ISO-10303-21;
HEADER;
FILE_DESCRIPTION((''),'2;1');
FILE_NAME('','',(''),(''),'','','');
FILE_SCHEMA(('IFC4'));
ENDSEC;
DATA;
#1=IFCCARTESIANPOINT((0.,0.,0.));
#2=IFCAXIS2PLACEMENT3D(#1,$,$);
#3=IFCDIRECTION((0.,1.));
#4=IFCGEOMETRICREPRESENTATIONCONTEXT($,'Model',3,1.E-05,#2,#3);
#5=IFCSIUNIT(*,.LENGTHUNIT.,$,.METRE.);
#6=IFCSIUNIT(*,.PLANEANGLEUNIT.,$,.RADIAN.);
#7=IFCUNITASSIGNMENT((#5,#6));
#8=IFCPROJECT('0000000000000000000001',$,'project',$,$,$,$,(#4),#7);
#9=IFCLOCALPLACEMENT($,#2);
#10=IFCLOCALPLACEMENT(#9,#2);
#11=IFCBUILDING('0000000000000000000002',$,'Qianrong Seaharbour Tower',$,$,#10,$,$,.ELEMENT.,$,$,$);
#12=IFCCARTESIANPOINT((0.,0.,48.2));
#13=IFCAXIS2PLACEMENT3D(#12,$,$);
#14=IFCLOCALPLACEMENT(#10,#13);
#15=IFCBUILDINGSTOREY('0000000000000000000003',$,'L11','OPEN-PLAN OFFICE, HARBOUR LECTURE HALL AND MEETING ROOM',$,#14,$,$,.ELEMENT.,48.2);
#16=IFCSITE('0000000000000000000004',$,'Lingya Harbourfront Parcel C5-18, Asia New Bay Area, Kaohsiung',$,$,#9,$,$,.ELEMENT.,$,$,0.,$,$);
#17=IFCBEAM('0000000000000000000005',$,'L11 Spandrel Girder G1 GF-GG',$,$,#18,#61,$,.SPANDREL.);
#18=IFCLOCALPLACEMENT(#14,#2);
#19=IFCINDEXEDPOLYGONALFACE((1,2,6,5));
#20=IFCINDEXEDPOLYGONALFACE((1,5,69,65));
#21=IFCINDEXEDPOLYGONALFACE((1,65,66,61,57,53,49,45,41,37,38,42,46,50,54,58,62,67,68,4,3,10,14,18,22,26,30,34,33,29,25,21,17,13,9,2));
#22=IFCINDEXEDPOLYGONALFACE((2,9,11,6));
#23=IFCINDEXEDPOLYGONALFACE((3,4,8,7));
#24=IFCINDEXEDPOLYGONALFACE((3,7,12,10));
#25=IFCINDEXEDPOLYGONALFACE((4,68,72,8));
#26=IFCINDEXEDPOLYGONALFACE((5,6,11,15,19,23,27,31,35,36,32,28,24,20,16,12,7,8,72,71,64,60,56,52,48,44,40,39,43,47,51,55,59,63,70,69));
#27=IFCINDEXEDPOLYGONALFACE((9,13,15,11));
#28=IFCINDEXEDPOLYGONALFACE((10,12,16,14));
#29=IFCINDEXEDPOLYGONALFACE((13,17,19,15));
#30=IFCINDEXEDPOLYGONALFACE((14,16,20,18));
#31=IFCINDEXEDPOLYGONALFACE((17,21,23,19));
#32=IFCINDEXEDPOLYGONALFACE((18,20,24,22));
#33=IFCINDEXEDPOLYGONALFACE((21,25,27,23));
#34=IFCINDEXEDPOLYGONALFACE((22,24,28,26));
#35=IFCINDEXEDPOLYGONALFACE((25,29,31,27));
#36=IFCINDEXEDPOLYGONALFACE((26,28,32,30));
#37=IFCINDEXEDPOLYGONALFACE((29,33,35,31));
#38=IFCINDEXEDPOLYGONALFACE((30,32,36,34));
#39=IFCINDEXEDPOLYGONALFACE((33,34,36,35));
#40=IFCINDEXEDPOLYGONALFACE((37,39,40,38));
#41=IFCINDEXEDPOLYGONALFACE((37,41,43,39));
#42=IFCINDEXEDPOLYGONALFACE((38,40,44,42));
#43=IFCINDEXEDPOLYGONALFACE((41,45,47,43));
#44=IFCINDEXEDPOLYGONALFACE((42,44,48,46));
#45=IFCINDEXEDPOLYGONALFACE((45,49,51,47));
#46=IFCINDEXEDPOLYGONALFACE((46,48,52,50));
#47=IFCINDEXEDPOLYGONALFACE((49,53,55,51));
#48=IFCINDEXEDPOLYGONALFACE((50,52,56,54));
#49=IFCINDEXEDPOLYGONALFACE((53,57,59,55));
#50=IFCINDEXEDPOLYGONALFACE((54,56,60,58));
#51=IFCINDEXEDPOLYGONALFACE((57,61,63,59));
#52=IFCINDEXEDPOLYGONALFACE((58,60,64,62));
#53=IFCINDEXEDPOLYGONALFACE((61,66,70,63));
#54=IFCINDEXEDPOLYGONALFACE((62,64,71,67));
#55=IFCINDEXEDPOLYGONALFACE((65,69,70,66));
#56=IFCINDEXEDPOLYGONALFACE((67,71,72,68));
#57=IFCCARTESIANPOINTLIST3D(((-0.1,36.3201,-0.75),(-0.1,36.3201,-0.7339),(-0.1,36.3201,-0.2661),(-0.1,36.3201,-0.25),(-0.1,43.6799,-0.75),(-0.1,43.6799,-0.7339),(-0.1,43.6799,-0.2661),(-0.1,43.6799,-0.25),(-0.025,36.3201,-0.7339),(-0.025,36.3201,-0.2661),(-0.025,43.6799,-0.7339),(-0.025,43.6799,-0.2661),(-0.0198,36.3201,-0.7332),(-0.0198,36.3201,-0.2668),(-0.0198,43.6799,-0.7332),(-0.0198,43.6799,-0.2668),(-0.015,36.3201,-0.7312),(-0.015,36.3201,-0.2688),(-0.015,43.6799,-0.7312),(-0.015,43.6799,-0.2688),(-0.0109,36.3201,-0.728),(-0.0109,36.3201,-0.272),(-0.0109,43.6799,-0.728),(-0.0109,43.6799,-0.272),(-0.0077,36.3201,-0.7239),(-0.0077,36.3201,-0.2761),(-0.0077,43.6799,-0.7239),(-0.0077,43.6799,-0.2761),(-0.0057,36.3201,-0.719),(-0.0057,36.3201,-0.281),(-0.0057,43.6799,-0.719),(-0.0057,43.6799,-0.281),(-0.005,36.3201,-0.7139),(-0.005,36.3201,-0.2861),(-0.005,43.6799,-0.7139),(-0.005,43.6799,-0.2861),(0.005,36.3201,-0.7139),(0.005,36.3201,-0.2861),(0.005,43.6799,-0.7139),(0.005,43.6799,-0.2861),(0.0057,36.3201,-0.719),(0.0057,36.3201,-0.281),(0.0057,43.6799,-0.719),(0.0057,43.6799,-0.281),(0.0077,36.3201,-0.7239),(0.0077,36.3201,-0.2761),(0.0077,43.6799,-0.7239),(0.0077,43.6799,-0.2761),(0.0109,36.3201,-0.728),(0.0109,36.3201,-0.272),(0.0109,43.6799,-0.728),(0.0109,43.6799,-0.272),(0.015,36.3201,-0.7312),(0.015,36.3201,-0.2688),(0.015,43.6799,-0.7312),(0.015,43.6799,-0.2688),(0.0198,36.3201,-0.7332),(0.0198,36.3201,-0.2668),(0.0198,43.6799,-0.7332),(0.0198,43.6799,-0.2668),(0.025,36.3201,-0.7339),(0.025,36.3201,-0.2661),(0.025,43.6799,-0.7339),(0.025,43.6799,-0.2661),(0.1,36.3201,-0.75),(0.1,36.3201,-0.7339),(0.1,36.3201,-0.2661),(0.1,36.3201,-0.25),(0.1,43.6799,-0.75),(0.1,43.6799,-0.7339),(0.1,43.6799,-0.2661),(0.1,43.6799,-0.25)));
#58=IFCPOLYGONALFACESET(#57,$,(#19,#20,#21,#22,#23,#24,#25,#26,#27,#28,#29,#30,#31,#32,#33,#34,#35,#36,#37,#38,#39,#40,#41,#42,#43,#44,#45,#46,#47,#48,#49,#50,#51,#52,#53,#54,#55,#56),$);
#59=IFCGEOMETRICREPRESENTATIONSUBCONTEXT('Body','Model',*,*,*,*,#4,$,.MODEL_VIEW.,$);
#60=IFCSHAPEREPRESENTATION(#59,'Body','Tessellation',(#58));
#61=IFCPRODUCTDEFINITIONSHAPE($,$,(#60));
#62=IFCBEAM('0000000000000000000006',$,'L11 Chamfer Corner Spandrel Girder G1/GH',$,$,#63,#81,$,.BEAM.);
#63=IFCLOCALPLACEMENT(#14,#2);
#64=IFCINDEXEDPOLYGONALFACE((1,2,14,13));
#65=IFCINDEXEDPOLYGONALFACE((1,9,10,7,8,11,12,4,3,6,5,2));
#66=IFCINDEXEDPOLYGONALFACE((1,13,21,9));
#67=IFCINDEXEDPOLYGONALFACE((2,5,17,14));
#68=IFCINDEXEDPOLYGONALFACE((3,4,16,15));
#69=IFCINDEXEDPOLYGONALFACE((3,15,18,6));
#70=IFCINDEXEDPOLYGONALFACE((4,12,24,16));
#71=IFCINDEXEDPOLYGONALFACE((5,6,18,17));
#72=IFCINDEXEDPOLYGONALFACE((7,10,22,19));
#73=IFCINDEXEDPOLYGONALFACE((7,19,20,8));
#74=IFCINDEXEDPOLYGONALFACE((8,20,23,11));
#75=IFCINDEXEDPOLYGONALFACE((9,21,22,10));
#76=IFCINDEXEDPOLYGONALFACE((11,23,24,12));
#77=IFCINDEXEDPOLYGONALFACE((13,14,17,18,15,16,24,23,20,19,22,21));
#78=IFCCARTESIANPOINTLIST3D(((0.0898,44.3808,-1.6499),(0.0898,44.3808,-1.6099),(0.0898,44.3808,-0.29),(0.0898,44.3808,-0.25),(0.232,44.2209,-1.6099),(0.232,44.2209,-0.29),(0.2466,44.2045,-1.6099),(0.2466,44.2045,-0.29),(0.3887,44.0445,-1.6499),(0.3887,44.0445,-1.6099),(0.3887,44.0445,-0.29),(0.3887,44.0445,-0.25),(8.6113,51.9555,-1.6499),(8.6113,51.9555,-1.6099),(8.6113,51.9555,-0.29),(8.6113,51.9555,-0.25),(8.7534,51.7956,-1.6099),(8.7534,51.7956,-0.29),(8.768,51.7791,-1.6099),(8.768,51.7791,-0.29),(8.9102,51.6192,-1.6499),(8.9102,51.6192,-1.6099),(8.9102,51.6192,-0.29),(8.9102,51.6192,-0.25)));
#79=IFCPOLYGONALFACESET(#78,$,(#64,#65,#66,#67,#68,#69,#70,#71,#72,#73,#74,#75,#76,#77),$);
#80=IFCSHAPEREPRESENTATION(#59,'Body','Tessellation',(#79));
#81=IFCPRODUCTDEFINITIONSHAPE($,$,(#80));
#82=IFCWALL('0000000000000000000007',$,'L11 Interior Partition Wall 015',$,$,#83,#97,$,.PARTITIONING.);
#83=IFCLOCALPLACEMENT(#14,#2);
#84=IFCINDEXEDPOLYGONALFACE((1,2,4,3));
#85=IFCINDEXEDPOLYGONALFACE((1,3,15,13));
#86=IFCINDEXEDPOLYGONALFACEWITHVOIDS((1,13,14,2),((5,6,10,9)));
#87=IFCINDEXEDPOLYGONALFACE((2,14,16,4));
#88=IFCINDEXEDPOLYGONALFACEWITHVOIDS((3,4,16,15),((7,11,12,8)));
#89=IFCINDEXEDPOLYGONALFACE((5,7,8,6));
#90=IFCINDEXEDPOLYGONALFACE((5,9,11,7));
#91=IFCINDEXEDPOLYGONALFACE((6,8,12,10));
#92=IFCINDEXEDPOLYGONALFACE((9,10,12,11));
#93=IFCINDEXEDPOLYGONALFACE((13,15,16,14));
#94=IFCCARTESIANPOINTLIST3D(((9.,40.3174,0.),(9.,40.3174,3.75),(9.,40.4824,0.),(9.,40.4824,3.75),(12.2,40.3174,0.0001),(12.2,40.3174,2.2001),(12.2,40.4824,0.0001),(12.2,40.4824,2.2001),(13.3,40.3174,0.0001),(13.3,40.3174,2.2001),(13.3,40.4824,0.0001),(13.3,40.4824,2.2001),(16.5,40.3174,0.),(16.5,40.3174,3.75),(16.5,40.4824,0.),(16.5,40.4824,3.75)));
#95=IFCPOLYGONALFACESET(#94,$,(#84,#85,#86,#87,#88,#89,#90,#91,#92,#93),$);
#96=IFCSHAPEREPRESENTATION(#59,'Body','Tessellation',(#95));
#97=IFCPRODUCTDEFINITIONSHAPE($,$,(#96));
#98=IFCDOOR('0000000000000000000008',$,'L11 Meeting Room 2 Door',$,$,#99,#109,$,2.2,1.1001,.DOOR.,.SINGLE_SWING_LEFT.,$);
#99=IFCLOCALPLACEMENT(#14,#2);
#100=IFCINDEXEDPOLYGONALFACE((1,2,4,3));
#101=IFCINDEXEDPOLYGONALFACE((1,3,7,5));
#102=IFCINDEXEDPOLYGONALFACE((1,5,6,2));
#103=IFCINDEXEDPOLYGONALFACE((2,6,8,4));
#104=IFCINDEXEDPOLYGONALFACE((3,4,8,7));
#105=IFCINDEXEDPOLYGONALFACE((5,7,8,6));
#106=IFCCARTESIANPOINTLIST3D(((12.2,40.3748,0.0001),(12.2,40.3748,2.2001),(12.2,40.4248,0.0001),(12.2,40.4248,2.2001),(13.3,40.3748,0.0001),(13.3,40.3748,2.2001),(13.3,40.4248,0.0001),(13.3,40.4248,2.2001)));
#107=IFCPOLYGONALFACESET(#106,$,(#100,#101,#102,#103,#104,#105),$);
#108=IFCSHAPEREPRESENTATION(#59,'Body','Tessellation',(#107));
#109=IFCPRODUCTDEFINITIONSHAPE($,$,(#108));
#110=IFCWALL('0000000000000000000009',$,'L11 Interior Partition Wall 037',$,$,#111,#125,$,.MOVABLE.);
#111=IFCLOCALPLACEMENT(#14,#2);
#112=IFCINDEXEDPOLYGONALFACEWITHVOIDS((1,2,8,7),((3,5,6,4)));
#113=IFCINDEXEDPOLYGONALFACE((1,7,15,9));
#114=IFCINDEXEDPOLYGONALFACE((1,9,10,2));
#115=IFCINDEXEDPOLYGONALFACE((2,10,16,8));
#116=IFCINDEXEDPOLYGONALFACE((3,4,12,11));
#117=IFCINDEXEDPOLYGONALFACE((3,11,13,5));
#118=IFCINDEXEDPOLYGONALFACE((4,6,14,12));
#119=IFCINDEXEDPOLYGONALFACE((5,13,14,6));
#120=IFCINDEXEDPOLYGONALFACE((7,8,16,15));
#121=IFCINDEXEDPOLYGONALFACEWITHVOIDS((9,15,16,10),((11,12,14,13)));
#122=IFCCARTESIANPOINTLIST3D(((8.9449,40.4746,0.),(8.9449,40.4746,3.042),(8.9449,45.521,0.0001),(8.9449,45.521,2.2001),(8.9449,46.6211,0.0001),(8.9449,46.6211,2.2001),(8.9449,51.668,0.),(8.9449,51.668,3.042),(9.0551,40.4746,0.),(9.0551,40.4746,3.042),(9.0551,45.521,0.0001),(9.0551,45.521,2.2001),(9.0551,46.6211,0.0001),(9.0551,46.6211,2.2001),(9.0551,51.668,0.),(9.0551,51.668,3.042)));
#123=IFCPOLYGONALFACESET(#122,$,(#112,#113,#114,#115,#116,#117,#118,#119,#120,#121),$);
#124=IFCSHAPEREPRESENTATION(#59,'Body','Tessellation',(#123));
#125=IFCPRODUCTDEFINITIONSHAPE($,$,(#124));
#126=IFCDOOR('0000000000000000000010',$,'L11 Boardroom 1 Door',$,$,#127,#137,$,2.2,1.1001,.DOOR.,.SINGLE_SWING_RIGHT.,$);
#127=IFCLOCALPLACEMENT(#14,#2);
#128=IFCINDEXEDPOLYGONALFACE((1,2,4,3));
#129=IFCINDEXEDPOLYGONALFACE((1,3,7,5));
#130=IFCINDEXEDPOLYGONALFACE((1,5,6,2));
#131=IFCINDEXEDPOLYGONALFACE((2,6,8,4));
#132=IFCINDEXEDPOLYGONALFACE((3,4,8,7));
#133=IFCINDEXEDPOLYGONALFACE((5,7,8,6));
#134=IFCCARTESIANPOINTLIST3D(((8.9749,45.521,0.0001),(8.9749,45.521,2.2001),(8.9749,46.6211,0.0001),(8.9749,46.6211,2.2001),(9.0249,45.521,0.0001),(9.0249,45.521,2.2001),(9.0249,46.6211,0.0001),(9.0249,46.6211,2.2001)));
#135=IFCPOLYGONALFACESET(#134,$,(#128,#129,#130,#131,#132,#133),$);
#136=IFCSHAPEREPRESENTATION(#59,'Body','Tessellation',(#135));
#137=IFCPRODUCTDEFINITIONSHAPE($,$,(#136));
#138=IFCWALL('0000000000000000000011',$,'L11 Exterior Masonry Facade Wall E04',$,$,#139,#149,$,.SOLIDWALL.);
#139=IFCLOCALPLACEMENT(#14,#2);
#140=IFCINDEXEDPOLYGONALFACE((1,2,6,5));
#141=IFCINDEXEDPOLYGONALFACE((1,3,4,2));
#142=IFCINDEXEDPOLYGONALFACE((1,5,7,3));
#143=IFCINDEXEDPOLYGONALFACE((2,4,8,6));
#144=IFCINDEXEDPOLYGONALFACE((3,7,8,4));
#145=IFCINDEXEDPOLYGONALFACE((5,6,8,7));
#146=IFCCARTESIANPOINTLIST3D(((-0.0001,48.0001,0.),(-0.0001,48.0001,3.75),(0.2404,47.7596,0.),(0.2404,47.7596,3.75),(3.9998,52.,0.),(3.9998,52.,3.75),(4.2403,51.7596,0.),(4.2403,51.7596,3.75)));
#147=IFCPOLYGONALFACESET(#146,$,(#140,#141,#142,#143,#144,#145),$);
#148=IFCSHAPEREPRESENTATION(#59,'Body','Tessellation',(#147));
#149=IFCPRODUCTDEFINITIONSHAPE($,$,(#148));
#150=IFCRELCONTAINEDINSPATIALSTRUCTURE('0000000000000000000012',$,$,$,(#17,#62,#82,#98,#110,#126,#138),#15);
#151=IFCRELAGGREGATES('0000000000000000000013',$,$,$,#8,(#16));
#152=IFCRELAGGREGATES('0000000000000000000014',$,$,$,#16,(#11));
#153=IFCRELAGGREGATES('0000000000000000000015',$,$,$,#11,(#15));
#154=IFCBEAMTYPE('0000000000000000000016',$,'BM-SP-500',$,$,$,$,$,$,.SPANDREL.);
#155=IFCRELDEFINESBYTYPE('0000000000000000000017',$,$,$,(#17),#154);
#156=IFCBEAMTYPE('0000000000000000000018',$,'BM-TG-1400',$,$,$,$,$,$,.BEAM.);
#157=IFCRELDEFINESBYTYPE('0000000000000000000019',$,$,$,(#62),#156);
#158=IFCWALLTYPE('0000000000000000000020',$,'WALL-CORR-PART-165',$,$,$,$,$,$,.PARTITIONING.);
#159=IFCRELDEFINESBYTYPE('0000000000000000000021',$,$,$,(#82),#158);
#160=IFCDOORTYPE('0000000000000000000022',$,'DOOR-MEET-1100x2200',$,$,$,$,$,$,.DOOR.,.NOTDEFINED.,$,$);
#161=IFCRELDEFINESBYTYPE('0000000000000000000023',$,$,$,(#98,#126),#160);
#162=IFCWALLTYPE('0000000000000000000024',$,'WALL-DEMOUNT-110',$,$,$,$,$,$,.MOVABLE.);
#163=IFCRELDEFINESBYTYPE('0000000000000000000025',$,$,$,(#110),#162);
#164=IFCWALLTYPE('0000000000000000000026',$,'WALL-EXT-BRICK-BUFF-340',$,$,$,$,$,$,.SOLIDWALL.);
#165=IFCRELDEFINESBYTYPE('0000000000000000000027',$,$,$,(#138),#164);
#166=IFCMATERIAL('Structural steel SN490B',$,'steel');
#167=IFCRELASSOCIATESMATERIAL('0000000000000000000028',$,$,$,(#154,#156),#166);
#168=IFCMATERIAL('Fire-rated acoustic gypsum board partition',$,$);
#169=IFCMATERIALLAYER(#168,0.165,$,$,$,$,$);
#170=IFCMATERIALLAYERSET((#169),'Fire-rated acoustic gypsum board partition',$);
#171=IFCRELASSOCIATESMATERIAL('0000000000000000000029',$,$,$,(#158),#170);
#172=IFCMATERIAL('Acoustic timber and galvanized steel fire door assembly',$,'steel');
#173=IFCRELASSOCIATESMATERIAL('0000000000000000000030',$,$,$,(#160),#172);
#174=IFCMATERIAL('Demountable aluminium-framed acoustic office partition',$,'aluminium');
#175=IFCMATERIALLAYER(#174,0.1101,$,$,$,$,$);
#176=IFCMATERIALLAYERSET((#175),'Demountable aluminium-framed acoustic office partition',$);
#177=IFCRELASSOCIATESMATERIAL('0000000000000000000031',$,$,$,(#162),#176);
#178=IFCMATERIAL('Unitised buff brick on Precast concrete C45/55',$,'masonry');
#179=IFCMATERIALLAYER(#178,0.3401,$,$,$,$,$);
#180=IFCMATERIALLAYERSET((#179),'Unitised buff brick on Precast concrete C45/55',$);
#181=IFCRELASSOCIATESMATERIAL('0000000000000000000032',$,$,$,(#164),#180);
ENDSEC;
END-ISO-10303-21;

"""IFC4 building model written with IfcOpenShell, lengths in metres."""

from ifc_helpers import new_model, si_unit, direction, frame, frame_2d, origin, origin_2d, place, context, subcontext, project, spatial, rectangle, i_section, extrude, material, layer, layer_set, material_profile, profile_set, type_object, element, fill, save


model = new_model("IFC4")

# Units and contexts
model_context = context("Model", 3, precision=1e-05, world=origin(), true_north=direction((0.0, 1.0)))
body_context = subcontext(model_context, "Body", "Model", "MODEL_VIEW")
ifc_project = project(units=[si_unit("LENGTHUNIT", "METRE"), si_unit("PLANEANGLEUNIT", "RADIAN")], contexts=[model_context])

# Site, building, storey
site_placement = place(None, origin())
site = spatial("IfcSite", under=ifc_project, at=site_placement, Name="Lingya Harbourfront Parcel C5-18, Asia New Bay Area, Kaohsiung", CompositionType="ELEMENT", RefElevation=0.0)
building_placement = place(site_placement, origin())
building = spatial("IfcBuilding", under=site, at=building_placement, Name="Qianrong Seaharbour Tower", CompositionType="ELEMENT")
storey_placement = place(building_placement, frame((0.0, 0.0, 48.2)))
storey = spatial("IfcBuildingStorey", under=building, at=storey_placement, Name="L11", Description="OPEN-PLAN OFFICE, HARBOUR LECTURE HALL AND MEETING ROOM", CompositionType="ELEMENT", Elevation=48.2)

# Shared definitions
ifc_material_1 = material(Name="Structural steel SN490B", Category="steel")

# Beams
ifc_material_profile_1 = material_profile(ifc_material_1, i_section(OverallWidth=0.2, OverallDepth=0.5, WebThickness=0.01, FlangeThickness=0.0161, FilletRadius=0.02, at=origin_2d()), Name="H500x200x10x16")
ifc_profile_set_1 = profile_set([ifc_material_profile_1], Name="Structural steel SN490B")
beam_type_1 = type_object("IfcBeamType", Name="BM-SP-500", PredefinedType="SPANDREL", material=ifc_profile_set_1)
beam_1_placement = place(storey_placement, frame((0.0, 36.3201, -0.5), z_axis=(0.0, 1.0, 0.0), x_axis=(-1.0, 0.0, 0.0)))
element("IfcBeam", 1, at=beam_1_placement, inside=storey, type_object=beam_type_1, Name="L11 Spandrel Girder G1 GF-GG", PredefinedType="SPANDREL", context=body_context, shape_type="SweptSolid", body=[
    extrude(i_section(OverallWidth=0.2, OverallDepth=0.5, WebThickness=0.01, FlangeThickness=0.0161, FilletRadius=0.02, at=origin_2d()), origin(), (0.0, 0.0, 1.0), 7.3599),
])
ifc_material_profile_2 = material_profile(ifc_material_1, i_section(OverallWidth=0.45, OverallDepth=1.3999, WebThickness=0.022, FlangeThickness=0.04, at=origin_2d()), Name="BH1400x450x22x40")
ifc_profile_set_2 = profile_set([ifc_material_profile_2], Name="Structural steel SN490B")
beam_type_2 = type_object("IfcBeamType", Name="BM-TG-1400", PredefinedType="BEAM", material=ifc_profile_set_2)
beam_2_placement = place(storey_placement, frame((8.7607, 51.7874, -0.95), z_axis=(-0.747407, -0.664366, 0.0), x_axis=(0.664366, -0.747407, 0.0)))
element("IfcBeam", 2, at=beam_2_placement, inside=storey, type_object=beam_type_2, Name="L11 Chamfer Corner Spandrel Girder G1/GH", PredefinedType="BEAM", context=body_context, shape_type="SweptSolid", body=[
    extrude(i_section(OverallWidth=0.45, OverallDepth=1.3999, WebThickness=0.022, FlangeThickness=0.04, at=origin_2d()), origin(), (0.0, 0.0, 1.0), 11.4014),
])

# Walls, openings, doors
ifc_material_2 = material(Name="Fire-rated acoustic gypsum board partition")
ifc_layer_1 = layer(ifc_material_2, 0.165)
ifc_layer_set_1 = layer_set([ifc_layer_1], Name="Fire-rated acoustic gypsum board partition")
wall_type_1 = type_object("IfcWallType", Name="WALL-CORR-PART-165", PredefinedType="PARTITIONING", material=ifc_layer_set_1)
wall_1_placement = place(storey_placement, frame((9.0, 40.3999, 0.0), z_axis=(0.0, 0.0, 1.0), x_axis=(1.0, 0.0, 0.0)))
wall_1 = element("IfcWall", 3, at=wall_1_placement, inside=storey, type_object=wall_type_1, Name="L11 Interior Partition Wall 015", PredefinedType="PARTITIONING", context=body_context, shape_type="SweptSolid", body=[
    extrude(rectangle(XDim=7.5, YDim=0.165, at=frame_2d((3.75, 0.0))), origin(), (0.0, 0.0, 1.0), 3.75),
])
opening_1_placement = place(wall_1_placement, frame((3.2, 0.0, 0.0)))
opening_1 = element("IfcOpeningElement", 4, at=opening_1_placement, cuts=wall_1, PredefinedType="OPENING", context=body_context, shape_type="SweptSolid", body=[
    extrude(rectangle(XDim=1.1001, YDim=2.2, at=frame_2d((0.55, 1.1001))), frame((0.0, 0.0925, 0.0), z_axis=(0.0, -1.0, 0.0), x_axis=(1.0, 0.0, 0.0)), (0.0, 0.0, 1.0), 0.1851),
])
ifc_material_3 = material(Name="Acoustic timber and galvanized steel fire door assembly", Category="steel")
door_type = type_object("IfcDoorType", Name="DOOR-MEET-1100x2200", OperationType="NOTDEFINED", PredefinedType="DOOR", material=ifc_material_3)
door_1_placement = place(opening_1_placement, origin())
door_1 = element("IfcDoor", 5, at=door_1_placement, inside=storey, type_object=door_type, Name="L11 Meeting Room 2 Door", OperationType="SINGLE_SWING_LEFT", OverallHeight=2.2, OverallWidth=1.1001, PredefinedType="DOOR", context=body_context, shape_type="SweptSolid", body=[
    extrude(rectangle(XDim=1.1001, YDim=2.2, at=frame_2d((0.55, 1.1001))), frame((0.0, 0.0249, 0.0), z_axis=(0.0, -1.0, 0.0), x_axis=(1.0, 0.0, 0.0)), (0.0, 0.0, 1.0), 0.05),
])
fill(opening_1, door_1)
ifc_material_4 = material(Name="Demountable aluminium-framed acoustic office partition", Category="aluminium")
ifc_layer_2 = layer(ifc_material_4, 0.1101)
ifc_layer_set_2 = layer_set([ifc_layer_2], Name="Demountable aluminium-framed acoustic office partition")
wall_type_2 = type_object("IfcWallType", Name="WALL-DEMOUNT-110", PredefinedType="MOVABLE", material=ifc_layer_set_2)
wall_2_placement = place(storey_placement, frame((9.0, 51.668, 0.0), z_axis=(0.0, 0.0, 1.0), x_axis=(0.0, -1.0, 0.0)))
wall_2 = element("IfcWall", 6, at=wall_2_placement, inside=storey, type_object=wall_type_2, Name="L11 Interior Partition Wall 037", PredefinedType="MOVABLE", context=body_context, shape_type="SweptSolid", body=[
    extrude(rectangle(XDim=11.1934, YDim=0.1101, at=frame_2d((5.5967, 0.0))), origin(), (0.0, 0.0, 1.0), 3.042),
])
opening_2_placement = place(wall_2_placement, frame((5.0469, 0.0, 0.0)))
opening_2 = element("IfcOpeningElement", 7, at=opening_2_placement, cuts=wall_2, PredefinedType="OPENING", context=body_context, shape_type="SweptSolid", body=[
    extrude(rectangle(XDim=1.1001, YDim=2.2, at=frame_2d((0.55, 1.1001))), frame((0.0, 0.0649, 0.0), z_axis=(0.0, -1.0, 0.0), x_axis=(1.0, 0.0, 0.0)), (0.0, 0.0, 1.0), 0.1301),
])
door_2_placement = place(opening_2_placement, origin())
door_2 = element("IfcDoor", 8, at=door_2_placement, inside=storey, type_object=door_type, Name="L11 Boardroom 1 Door", OperationType="SINGLE_SWING_RIGHT", OverallHeight=2.2, OverallWidth=1.1001, PredefinedType="DOOR", context=body_context, shape_type="SweptSolid", body=[
    extrude(rectangle(XDim=1.1001, YDim=2.2, at=frame_2d((0.55, 1.1001))), frame((0.0, 0.0249, 0.0), z_axis=(0.0, -1.0, 0.0), x_axis=(1.0, 0.0, 0.0)), (0.0, 0.0, 1.0), 0.05),
])
fill(opening_2, door_2)

# Wall
ifc_material_5 = material(Name="Unitised buff brick on Precast concrete C45/55", Category="masonry")
ifc_layer_3 = layer(ifc_material_5, 0.3401)
ifc_layer_set_3 = layer_set([ifc_layer_3], Name="Unitised buff brick on Precast concrete C45/55")
wall_type_3 = type_object("IfcWallType", Name="WALL-EXT-BRICK-BUFF-340", PredefinedType="SOLIDWALL", material=ifc_layer_set_3)
wall_3_placement = place(storey_placement, frame((0.1201, 47.8799, 0.0), z_axis=(0.0, 0.0, 1.0), x_axis=(0.707107, 0.707107, 0.0)))
element("IfcWall", 9, at=wall_3_placement, inside=storey, type_object=wall_type_3, Name="L11 Exterior Masonry Facade Wall E04", PredefinedType="SOLIDWALL", context=body_context, shape_type="SweptSolid", body=[
    extrude(rectangle(XDim=5.6567, YDim=0.3401, at=frame_2d((2.8284, 0.0))), origin(), (0.0, 0.0, 1.0), 3.75),
])

save(model, "model.ifc")
